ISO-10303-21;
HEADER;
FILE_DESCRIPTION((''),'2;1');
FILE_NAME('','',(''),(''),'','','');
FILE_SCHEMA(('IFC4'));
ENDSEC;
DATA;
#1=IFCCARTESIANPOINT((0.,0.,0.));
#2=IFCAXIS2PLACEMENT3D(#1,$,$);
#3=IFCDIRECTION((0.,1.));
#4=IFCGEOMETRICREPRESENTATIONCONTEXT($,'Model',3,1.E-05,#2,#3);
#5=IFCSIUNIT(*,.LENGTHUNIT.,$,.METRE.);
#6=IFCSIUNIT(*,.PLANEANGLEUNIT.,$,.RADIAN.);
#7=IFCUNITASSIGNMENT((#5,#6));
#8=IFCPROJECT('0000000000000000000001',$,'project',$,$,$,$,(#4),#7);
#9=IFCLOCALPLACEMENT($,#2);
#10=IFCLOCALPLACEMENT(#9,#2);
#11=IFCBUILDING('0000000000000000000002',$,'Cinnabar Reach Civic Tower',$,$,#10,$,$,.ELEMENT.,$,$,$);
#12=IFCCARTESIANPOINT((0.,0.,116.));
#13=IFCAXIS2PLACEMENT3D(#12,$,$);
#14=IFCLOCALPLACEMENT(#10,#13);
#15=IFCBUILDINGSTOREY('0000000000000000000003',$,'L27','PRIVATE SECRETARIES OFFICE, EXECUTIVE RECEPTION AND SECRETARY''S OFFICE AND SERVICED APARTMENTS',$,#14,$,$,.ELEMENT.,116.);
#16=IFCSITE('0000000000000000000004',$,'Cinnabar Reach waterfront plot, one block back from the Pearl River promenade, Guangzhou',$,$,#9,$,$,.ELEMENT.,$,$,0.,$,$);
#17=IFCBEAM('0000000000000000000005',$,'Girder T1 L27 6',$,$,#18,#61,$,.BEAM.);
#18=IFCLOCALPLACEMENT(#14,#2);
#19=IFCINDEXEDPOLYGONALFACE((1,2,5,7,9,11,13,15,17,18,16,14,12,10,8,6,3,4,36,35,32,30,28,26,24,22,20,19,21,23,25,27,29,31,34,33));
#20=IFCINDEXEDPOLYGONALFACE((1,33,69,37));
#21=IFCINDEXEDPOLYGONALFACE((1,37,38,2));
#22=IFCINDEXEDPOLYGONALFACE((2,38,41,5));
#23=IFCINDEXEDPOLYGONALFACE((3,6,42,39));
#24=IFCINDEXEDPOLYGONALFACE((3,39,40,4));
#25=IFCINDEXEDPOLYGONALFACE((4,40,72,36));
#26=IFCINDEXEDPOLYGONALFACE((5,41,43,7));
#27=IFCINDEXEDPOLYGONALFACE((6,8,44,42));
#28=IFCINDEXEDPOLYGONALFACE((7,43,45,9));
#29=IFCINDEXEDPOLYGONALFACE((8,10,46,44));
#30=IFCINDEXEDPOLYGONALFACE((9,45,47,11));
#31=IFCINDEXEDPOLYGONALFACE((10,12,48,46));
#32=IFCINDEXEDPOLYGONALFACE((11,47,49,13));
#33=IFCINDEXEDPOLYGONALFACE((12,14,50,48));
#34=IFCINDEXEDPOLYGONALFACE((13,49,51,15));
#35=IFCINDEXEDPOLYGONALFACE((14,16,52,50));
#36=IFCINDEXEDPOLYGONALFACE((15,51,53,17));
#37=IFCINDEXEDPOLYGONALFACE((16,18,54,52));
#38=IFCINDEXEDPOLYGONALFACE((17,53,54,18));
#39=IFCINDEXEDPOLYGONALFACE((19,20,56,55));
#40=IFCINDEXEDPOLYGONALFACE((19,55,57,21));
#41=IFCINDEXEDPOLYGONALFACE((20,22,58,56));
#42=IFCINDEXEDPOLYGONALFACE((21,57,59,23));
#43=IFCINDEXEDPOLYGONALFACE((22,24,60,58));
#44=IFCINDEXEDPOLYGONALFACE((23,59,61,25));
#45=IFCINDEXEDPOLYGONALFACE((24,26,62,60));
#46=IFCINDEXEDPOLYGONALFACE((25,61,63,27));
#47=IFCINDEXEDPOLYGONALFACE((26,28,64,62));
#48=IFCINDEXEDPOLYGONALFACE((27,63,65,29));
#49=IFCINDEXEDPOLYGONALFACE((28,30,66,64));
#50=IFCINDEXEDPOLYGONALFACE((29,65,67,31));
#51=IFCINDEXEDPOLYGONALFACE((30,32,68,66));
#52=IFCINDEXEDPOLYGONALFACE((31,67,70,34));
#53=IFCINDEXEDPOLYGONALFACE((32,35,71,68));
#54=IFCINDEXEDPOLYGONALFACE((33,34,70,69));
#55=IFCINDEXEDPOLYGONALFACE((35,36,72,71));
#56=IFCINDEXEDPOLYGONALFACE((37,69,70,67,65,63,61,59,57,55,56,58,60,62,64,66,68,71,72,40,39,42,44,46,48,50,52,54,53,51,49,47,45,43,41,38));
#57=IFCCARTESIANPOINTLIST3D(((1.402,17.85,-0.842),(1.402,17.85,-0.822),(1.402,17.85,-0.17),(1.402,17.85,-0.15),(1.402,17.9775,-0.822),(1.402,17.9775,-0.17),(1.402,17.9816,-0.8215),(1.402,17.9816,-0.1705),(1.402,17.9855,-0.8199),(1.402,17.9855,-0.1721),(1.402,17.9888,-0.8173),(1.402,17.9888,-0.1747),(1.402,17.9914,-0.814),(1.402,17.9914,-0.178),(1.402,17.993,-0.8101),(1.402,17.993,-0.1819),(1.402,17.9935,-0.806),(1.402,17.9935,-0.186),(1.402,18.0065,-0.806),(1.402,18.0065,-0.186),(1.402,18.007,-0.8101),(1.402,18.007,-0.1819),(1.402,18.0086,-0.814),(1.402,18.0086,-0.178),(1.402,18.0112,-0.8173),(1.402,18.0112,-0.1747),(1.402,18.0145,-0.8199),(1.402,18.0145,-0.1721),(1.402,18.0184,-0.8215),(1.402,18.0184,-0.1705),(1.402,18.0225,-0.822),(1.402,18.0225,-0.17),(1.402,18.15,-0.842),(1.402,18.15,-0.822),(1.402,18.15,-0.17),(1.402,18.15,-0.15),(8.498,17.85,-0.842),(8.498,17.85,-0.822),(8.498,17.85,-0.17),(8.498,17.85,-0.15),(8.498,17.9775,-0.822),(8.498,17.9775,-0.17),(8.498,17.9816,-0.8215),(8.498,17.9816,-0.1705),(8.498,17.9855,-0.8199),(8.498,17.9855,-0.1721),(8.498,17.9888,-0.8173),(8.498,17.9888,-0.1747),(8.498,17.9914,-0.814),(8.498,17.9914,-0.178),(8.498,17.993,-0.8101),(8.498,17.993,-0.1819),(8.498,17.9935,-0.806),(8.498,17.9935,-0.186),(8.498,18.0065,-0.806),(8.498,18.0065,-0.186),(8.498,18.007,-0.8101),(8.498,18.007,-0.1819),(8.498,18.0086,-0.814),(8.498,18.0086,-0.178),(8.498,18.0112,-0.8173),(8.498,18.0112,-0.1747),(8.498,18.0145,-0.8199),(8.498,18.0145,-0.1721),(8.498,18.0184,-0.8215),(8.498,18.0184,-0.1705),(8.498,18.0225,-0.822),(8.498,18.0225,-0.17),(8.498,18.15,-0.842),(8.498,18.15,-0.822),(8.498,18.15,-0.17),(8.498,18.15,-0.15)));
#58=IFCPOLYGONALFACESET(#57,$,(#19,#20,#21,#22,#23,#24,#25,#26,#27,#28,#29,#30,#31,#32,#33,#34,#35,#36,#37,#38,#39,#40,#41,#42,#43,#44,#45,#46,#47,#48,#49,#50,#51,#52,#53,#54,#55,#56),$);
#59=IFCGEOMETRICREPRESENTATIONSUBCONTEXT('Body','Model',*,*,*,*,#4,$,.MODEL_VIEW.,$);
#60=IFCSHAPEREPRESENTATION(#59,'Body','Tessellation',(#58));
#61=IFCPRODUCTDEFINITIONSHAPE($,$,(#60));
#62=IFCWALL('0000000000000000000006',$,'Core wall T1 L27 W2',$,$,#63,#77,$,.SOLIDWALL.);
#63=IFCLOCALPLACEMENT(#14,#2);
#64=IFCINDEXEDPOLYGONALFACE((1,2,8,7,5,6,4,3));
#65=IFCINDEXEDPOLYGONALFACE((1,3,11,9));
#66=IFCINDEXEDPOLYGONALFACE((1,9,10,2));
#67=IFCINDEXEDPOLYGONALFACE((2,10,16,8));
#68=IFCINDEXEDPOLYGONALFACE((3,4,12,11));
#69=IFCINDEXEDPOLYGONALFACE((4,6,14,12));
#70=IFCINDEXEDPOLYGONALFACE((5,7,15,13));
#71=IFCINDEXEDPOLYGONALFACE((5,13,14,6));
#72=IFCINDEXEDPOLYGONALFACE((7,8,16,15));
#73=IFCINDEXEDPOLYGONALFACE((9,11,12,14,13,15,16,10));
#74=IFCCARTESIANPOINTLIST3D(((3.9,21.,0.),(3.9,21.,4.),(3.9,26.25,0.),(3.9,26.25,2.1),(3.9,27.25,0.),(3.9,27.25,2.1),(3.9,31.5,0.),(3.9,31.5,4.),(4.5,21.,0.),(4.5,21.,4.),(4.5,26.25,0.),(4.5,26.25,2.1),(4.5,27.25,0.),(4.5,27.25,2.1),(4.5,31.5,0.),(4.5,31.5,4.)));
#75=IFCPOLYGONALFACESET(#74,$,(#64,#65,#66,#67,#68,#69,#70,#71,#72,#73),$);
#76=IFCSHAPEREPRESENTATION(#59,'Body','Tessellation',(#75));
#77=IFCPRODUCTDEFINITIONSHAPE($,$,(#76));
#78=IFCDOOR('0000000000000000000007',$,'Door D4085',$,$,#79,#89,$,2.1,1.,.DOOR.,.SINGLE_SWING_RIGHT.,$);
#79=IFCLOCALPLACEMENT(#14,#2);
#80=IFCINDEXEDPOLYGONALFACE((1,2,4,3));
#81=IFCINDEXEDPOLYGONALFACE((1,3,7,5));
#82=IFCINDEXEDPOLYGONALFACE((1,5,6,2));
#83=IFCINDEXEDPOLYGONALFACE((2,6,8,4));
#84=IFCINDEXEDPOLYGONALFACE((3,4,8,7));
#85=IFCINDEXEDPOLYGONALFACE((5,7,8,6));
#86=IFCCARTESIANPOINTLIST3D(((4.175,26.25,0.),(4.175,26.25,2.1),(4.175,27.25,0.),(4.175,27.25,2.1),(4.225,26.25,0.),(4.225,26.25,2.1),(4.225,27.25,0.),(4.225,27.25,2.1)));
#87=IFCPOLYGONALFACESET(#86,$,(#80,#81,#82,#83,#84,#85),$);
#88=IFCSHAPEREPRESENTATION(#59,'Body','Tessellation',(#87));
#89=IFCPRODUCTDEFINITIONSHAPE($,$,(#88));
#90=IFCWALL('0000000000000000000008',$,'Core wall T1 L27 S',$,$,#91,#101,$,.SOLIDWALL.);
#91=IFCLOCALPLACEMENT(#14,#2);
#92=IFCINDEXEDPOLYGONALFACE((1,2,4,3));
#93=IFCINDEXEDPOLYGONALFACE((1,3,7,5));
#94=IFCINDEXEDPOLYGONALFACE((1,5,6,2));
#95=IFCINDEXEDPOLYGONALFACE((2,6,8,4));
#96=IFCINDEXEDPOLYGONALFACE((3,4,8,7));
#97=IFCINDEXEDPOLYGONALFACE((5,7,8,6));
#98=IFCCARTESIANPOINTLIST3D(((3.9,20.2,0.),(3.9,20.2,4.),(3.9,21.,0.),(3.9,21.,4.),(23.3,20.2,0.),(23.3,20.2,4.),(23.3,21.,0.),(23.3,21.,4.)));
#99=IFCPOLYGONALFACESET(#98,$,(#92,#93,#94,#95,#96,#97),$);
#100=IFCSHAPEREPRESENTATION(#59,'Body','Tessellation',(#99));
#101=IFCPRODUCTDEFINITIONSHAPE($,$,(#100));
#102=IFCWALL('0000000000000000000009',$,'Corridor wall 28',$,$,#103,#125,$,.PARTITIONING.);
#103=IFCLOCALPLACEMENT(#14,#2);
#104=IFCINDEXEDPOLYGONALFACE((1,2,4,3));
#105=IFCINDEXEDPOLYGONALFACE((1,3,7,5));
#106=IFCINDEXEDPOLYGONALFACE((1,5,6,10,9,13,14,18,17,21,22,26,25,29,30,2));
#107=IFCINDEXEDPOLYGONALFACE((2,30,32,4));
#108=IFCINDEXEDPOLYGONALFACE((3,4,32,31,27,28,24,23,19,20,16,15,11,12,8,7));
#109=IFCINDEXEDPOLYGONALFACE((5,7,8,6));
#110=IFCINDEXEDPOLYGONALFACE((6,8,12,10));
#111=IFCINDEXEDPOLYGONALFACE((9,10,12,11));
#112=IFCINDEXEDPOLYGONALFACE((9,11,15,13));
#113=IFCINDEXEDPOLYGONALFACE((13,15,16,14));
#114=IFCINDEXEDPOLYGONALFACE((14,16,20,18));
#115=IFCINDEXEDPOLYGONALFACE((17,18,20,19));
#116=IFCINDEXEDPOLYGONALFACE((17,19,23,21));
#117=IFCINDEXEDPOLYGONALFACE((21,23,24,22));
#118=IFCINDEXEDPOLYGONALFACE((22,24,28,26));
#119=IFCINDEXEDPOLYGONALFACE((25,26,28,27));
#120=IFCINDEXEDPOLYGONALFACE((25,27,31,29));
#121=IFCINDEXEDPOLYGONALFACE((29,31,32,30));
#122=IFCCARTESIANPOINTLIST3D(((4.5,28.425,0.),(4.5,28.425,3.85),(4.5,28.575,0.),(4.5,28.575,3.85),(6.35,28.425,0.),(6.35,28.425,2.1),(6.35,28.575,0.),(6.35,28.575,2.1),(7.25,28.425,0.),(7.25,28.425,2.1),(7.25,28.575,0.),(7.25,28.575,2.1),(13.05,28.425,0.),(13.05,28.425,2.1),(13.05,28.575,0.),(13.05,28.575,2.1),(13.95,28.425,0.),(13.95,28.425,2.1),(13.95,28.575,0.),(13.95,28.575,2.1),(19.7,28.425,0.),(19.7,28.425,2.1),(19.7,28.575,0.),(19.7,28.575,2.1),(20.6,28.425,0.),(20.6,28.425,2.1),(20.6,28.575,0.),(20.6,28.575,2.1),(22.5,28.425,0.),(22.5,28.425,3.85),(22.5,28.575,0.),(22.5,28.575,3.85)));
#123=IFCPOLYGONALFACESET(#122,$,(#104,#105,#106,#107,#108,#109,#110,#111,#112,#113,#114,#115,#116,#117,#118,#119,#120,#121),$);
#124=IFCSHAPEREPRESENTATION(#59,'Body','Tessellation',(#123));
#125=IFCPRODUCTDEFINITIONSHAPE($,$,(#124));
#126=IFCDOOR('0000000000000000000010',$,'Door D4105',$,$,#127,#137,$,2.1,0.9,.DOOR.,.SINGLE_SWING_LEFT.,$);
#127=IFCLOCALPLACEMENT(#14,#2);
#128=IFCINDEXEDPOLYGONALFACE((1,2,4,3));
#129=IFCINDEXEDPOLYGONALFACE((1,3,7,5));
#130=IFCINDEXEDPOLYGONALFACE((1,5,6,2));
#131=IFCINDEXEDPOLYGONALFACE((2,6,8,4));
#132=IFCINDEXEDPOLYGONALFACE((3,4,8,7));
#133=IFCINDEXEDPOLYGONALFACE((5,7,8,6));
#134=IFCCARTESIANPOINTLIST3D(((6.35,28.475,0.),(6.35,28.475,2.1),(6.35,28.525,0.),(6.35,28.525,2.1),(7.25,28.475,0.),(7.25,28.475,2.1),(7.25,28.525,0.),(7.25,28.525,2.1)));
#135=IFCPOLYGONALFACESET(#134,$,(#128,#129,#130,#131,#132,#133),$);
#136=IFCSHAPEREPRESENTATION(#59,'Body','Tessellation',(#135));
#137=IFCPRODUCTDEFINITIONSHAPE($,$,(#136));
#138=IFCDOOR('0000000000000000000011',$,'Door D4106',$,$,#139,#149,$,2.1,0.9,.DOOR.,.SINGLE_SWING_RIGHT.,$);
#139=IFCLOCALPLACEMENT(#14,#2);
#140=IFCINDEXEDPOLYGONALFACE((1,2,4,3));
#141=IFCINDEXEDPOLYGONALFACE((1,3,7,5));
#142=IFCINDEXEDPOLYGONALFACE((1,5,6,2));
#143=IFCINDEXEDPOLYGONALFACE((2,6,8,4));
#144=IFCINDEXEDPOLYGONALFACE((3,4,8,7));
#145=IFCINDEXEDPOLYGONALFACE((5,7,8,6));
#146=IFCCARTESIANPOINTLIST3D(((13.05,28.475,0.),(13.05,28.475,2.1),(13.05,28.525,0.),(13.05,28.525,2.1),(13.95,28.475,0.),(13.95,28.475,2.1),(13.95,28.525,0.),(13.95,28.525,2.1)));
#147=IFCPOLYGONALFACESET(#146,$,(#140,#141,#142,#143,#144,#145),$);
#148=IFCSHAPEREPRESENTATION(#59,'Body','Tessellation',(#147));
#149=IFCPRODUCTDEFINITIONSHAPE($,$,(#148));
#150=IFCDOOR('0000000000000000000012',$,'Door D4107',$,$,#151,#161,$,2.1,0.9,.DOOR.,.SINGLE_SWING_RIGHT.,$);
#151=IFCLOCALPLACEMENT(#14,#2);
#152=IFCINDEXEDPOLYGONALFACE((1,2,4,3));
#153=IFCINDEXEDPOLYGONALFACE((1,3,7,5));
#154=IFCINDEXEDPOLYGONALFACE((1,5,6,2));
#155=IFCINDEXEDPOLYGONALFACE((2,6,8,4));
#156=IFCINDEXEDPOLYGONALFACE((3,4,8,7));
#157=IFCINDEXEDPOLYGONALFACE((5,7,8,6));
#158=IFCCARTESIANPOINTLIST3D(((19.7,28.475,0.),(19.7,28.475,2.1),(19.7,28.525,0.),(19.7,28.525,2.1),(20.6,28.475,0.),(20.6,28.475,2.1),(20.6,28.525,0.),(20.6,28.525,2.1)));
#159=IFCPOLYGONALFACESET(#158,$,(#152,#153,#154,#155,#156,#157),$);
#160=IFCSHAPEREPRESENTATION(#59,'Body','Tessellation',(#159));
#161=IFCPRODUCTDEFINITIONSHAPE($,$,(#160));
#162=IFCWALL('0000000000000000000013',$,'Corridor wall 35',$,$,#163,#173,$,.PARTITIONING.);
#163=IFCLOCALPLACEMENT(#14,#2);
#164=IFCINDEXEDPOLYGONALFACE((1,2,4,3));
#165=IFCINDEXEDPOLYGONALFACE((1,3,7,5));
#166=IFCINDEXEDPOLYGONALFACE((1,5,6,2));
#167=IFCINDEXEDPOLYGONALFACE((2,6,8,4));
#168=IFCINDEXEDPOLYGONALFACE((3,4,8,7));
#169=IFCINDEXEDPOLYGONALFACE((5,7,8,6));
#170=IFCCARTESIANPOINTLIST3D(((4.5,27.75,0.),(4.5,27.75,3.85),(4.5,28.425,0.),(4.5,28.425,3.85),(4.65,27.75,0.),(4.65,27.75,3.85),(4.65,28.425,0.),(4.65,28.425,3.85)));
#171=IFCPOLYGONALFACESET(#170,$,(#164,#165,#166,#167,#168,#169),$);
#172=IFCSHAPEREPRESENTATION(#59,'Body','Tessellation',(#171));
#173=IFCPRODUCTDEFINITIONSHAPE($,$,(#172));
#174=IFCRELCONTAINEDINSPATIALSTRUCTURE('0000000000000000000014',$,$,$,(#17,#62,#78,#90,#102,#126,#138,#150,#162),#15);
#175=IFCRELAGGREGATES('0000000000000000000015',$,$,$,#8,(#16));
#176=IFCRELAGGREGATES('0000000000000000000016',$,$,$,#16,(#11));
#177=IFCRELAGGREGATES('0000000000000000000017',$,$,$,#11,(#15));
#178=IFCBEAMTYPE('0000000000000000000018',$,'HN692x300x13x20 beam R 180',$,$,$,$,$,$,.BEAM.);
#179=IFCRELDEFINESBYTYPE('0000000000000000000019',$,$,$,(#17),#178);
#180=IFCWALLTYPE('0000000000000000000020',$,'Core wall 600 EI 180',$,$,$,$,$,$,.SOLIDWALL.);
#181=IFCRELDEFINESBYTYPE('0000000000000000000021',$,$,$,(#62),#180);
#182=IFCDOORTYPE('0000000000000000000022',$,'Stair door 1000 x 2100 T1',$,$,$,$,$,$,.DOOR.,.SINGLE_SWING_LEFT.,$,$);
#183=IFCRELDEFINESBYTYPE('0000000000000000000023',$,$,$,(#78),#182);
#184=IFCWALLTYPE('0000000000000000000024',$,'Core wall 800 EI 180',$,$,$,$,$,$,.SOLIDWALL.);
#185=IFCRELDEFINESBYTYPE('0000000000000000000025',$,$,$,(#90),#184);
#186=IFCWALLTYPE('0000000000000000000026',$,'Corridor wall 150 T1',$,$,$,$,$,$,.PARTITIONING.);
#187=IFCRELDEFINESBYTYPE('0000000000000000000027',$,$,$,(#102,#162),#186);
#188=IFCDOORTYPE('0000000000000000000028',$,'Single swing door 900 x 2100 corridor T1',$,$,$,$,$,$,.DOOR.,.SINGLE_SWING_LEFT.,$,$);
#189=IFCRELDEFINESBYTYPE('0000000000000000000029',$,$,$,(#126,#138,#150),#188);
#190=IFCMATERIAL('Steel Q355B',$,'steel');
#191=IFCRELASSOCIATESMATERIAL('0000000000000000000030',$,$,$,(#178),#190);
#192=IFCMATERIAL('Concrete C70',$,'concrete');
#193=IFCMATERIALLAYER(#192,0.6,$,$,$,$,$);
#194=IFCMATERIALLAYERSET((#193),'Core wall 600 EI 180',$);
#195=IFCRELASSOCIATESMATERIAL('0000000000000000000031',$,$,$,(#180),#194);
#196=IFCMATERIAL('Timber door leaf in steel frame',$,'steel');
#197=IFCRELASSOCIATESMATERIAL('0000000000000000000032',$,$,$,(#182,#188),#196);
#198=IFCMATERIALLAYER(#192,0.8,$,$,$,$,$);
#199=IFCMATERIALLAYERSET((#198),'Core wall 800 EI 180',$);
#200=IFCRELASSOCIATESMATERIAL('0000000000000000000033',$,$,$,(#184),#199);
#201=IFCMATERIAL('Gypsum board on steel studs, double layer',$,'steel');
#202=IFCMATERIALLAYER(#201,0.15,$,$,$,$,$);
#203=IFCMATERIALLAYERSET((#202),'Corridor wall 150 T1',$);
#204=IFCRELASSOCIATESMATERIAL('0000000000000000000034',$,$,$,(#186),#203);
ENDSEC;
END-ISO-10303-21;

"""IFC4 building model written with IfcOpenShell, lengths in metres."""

from ifc_helpers import new_model, si_unit, direction, frame, frame_2d, origin, origin_2d, place, context, subcontext, project, spatial, rectangle, i_section, extrude, material, layer, layer_set, material_profile, profile_set, type_object, element, fill, save


model = new_model("IFC4")

# Units and contexts
model_context = context("Model", 3, precision=1e-05, world=origin(), true_north=direction((0.0, 1.0)))
body_context = subcontext(model_context, "Body", "Model", "MODEL_VIEW")
ifc_project = project(units=[si_unit("LENGTHUNIT", "METRE"), si_unit("PLANEANGLEUNIT", "RADIAN")], contexts=[model_context])

# Site, building, storey
site_placement = place(None, origin())
site = spatial("IfcSite", under=ifc_project, at=site_placement, Name="Cinnabar Reach waterfront plot, one block back from the Pearl River promenade, Guangzhou", CompositionType="ELEMENT", RefElevation=0.0)
building_placement = place(site_placement, origin())
building = spatial("IfcBuilding", under=site, at=building_placement, Name="Cinnabar Reach Civic Tower", CompositionType="ELEMENT")
storey_placement = place(building_placement, frame((0.0, 0.0, 116.0)))
storey = spatial("IfcBuildingStorey", under=building, at=storey_placement, Name="L27", Description="PRIVATE SECRETARIES OFFICE, EXECUTIVE RECEPTION AND SECRETARY'S OFFICE AND SERVICED APARTMENTS", CompositionType="ELEMENT", Elevation=116.0)

# Shared definitions
ifc_material_1 = material(Name="Concrete C70", Category="concrete")

# Beam
ifc_material_2 = material(Name="Steel Q355B", Category="steel")
ifc_material_profile_1 = material_profile(ifc_material_2, i_section(OverallWidth=0.3, OverallDepth=0.692, WebThickness=0.013, FlangeThickness=0.02, FilletRadius=0.016, at=origin_2d()), Name="HN692x300x13x20")
ifc_profile_set_1 = profile_set([ifc_material_profile_1], Name="Steel Q355B")
beam_type_1 = type_object("IfcBeamType", Name="HN692x300x13x20 beam R 180", PredefinedType="BEAM", material=ifc_profile_set_1)
beam_1_placement = place(storey_placement, frame((1.402, 18.0, -0.496), z_axis=(1.0, 0.0, 0.0), x_axis=(0.0, 1.0, 0.0)))
element("IfcBeam", 1, at=beam_1_placement, inside=storey, type_object=beam_type_1, Name="Girder T1 L27 6", PredefinedType="BEAM", context=body_context, shape_type="SweptSolid", body=[
    extrude(i_section(OverallWidth=0.3, OverallDepth=0.692, WebThickness=0.013, FlangeThickness=0.02, FilletRadius=0.016, at=origin_2d()), origin(), (0.0, 0.0, 1.0), 7.096),
])

# Wall, opening, door
ifc_layer_1 = layer(ifc_material_1, 0.6)
ifc_layer_set_1 = layer_set([ifc_layer_1], Name="Core wall 600 EI 180")
wall_type_1 = type_object("IfcWallType", Name="Core wall 600 EI 180", PredefinedType="SOLIDWALL", material=ifc_layer_set_1)
wall_1_placement = place(storey_placement, frame((4.2, 31.5, 0.0), z_axis=(0.0, 0.0, 1.0), x_axis=(0.0, -1.0, 0.0)))
wall_1 = element("IfcWall", 2, at=wall_1_placement, inside=storey, type_object=wall_type_1, Name="Core wall T1 L27 W2", PredefinedType="SOLIDWALL", context=body_context, shape_type="SweptSolid", body=[
    extrude(rectangle(XDim=10.5, YDim=0.6, at=frame_2d((5.25, 0.0))), origin(), (0.0, 0.0, 1.0), 4.0),
])
opening_1_placement = place(wall_1_placement, frame((4.25, 0.0, 0.0)))
opening_1 = element("IfcOpeningElement", 3, at=opening_1_placement, cuts=wall_1, PredefinedType="OPENING", context=body_context, shape_type="SweptSolid", body=[
    extrude(rectangle(XDim=1.0, YDim=2.1, at=frame_2d((0.5, 1.05))), frame((0.0, 0.31, 0.0), z_axis=(0.0, -1.0, 0.0), x_axis=(1.0, 0.0, 0.0)), (0.0, 0.0, 1.0), 0.62),
])
ifc_material_3 = material(Name="Timber door leaf in steel frame", Category="steel")
door_type_1 = type_object("IfcDoorType", Name="Stair door 1000 x 2100 T1", OperationType="SINGLE_SWING_LEFT", PredefinedType="DOOR", material=ifc_material_3)
door_1_placement = place(opening_1_placement, frame((1.0, 0.0, 0.0), z_axis=(0.0, 0.0, 1.0), x_axis=(-1.0, 0.0, 0.0)))
door_1 = element("IfcDoor", 4, at=door_1_placement, inside=storey, type_object=door_type_1, Name="Door D4085", OperationType="SINGLE_SWING_RIGHT", OverallHeight=2.1, OverallWidth=1.0, PredefinedType="DOOR", context=body_context, shape_type="SweptSolid", body=[
    extrude(rectangle(XDim=1.0, YDim=2.1, at=frame_2d((0.5, 1.05))), frame((0.0, 0.025, 0.0), z_axis=(0.0, -1.0, 0.0), x_axis=(1.0, 0.0, 0.0)), (0.0, 0.0, 1.0), 0.05),
])
fill(opening_1, door_1)

# Wall
ifc_layer_2 = layer(ifc_material_1, 0.8)
ifc_layer_set_2 = layer_set([ifc_layer_2], Name="Core wall 800 EI 180")
wall_type_2 = type_object("IfcWallType", Name="Core wall 800 EI 180", PredefinedType="SOLIDWALL", material=ifc_layer_set_2)
wall_2_placement = place(storey_placement, frame((3.9, 20.6, 0.0), z_axis=(0.0, 0.0, 1.0), x_axis=(1.0, 0.0, 0.0)))
element("IfcWall", 5, at=wall_2_placement, inside=storey, type_object=wall_type_2, Name="Core wall T1 L27 S", PredefinedType="SOLIDWALL", context=body_context, shape_type="SweptSolid", body=[
    extrude(rectangle(XDim=19.4, YDim=0.8, at=frame_2d((9.7, 0.0))), origin(), (0.0, 0.0, 1.0), 4.0),
])

# Wall, openings, doors
ifc_material_4 = material(Name="Gypsum board on steel studs, double layer", Category="steel")
ifc_layer_3 = layer(ifc_material_4, 0.15)
ifc_layer_set_3 = layer_set([ifc_layer_3], Name="Corridor wall 150 T1")
wall_type_3 = type_object("IfcWallType", Name="Corridor wall 150 T1", PredefinedType="PARTITIONING", material=ifc_layer_set_3)
wall_3_placement = place(storey_placement, frame((4.5, 28.5, 0.0), z_axis=(0.0, 0.0, 1.0), x_axis=(1.0, 0.0, 0.0)))
wall_3 = element("IfcWall", 6, at=wall_3_placement, inside=storey, type_object=wall_type_3, Name="Corridor wall 28", PredefinedType="PARTITIONING", context=body_context, shape_type="SweptSolid", body=[
    extrude(rectangle(XDim=18.0, YDim=0.15, at=frame_2d((9.0, 0.0))), origin(), (0.0, 0.0, 1.0), 3.85),
])
opening_2_placement = place(wall_3_placement, frame((1.85, 0.0, 0.0)))
opening_2 = element("IfcOpeningElement", 7, at=opening_2_placement, cuts=wall_3, PredefinedType="OPENING", context=body_context, shape_type="SweptSolid", body=[
    extrude(rectangle(XDim=0.9, YDim=2.1, at=frame_2d((0.45, 1.05))), frame((0.0, 0.085, 0.0), z_axis=(0.0, -1.0, 0.0), x_axis=(1.0, 0.0, 0.0)), (0.0, 0.0, 1.0), 0.17),
])
opening_3_placement = place(wall_3_placement, frame((8.55, 0.0, 0.0)))
opening_3 = element("IfcOpeningElement", 8, at=opening_3_placement, cuts=wall_3, PredefinedType="OPENING", context=body_context, shape_type="SweptSolid", body=[
    extrude(rectangle(XDim=0.9, YDim=2.1, at=frame_2d((0.45, 1.05))), frame((0.0, 0.085, 0.0), z_axis=(0.0, -1.0, 0.0), x_axis=(1.0, 0.0, 0.0)), (0.0, 0.0, 1.0), 0.17),
])
opening_4_placement = place(wall_3_placement, frame((15.2, 0.0, 0.0)))
opening_4 = element("IfcOpeningElement", 9, at=opening_4_placement, cuts=wall_3, PredefinedType="OPENING", context=body_context, shape_type="SweptSolid", body=[
    extrude(rectangle(XDim=0.9, YDim=2.1, at=frame_2d((0.45, 1.05))), frame((0.0, 0.085, 0.0), z_axis=(0.0, -1.0, 0.0), x_axis=(1.0, 0.0, 0.0)), (0.0, 0.0, 1.0), 0.17),
])
door_type_2 = type_object("IfcDoorType", Name="Single swing door 900 x 2100 corridor T1", OperationType="SINGLE_SWING_LEFT", PredefinedType="DOOR", material=ifc_material_3)
door_2_placement = place(opening_2_placement, origin())
door_2 = element("IfcDoor", 10, at=door_2_placement, inside=storey, type_object=door_type_2, Name="Door D4105", OperationType="SINGLE_SWING_LEFT", OverallHeight=2.1, OverallWidth=0.9, PredefinedType="DOOR", context=body_context, shape_type="SweptSolid", body=[
    extrude(rectangle(XDim=0.9, YDim=2.1, at=frame_2d((0.45, 1.05))), frame((0.0, 0.025, 0.0), z_axis=(0.0, -1.0, 0.0), x_axis=(1.0, 0.0, 0.0)), (0.0, 0.0, 1.0), 0.05),
])
fill(opening_2, door_2)
door_3_placement = place(opening_3_placement, origin())
door_3 = element("IfcDoor", 11, at=door_3_placement, inside=storey, type_object=door_type_2, Name="Door D4106", OperationType="SINGLE_SWING_RIGHT", OverallHeight=2.1, OverallWidth=0.9, PredefinedType="DOOR", context=body_context, shape_type="SweptSolid", body=[
    extrude(rectangle(XDim=0.9, YDim=2.1, at=frame_2d((0.45, 1.05))), frame((0.0, 0.025, 0.0), z_axis=(0.0, -1.0, 0.0), x_axis=(1.0, 0.0, 0.0)), (0.0, 0.0, 1.0), 0.05),
])
fill(opening_3, door_3)
door_4_placement = place(opening_4_placement, origin())
door_4 = element("IfcDoor", 12, at=door_4_placement, inside=storey, type_object=door_type_2, Name="Door D4107", OperationType="SINGLE_SWING_RIGHT", OverallHeight=2.1, OverallWidth=0.9, PredefinedType="DOOR", context=body_context, shape_type="SweptSolid", body=[
    extrude(rectangle(XDim=0.9, YDim=2.1, at=frame_2d((0.45, 1.05))), frame((0.0, 0.025, 0.0), z_axis=(0.0, -1.0, 0.0), x_axis=(1.0, 0.0, 0.0)), (0.0, 0.0, 1.0), 0.05),
])
fill(opening_4, door_4)

# Wall
wall_4_placement = place(storey_placement, frame((4.575, 27.75, 0.0), z_axis=(0.0, 0.0, 1.0), x_axis=(0.0, 1.0, 0.0)))
element("IfcWall", 13, at=wall_4_placement, inside=storey, type_object=wall_type_3, Name="Corridor wall 35", PredefinedType="PARTITIONING", context=body_context, shape_type="SweptSolid", body=[
    extrude(rectangle(XDim=0.675, YDim=0.15, at=frame_2d((0.3375, 0.0))), origin(), (0.0, 0.0, 1.0), 3.85),
])

save(model, "model.ifc")
